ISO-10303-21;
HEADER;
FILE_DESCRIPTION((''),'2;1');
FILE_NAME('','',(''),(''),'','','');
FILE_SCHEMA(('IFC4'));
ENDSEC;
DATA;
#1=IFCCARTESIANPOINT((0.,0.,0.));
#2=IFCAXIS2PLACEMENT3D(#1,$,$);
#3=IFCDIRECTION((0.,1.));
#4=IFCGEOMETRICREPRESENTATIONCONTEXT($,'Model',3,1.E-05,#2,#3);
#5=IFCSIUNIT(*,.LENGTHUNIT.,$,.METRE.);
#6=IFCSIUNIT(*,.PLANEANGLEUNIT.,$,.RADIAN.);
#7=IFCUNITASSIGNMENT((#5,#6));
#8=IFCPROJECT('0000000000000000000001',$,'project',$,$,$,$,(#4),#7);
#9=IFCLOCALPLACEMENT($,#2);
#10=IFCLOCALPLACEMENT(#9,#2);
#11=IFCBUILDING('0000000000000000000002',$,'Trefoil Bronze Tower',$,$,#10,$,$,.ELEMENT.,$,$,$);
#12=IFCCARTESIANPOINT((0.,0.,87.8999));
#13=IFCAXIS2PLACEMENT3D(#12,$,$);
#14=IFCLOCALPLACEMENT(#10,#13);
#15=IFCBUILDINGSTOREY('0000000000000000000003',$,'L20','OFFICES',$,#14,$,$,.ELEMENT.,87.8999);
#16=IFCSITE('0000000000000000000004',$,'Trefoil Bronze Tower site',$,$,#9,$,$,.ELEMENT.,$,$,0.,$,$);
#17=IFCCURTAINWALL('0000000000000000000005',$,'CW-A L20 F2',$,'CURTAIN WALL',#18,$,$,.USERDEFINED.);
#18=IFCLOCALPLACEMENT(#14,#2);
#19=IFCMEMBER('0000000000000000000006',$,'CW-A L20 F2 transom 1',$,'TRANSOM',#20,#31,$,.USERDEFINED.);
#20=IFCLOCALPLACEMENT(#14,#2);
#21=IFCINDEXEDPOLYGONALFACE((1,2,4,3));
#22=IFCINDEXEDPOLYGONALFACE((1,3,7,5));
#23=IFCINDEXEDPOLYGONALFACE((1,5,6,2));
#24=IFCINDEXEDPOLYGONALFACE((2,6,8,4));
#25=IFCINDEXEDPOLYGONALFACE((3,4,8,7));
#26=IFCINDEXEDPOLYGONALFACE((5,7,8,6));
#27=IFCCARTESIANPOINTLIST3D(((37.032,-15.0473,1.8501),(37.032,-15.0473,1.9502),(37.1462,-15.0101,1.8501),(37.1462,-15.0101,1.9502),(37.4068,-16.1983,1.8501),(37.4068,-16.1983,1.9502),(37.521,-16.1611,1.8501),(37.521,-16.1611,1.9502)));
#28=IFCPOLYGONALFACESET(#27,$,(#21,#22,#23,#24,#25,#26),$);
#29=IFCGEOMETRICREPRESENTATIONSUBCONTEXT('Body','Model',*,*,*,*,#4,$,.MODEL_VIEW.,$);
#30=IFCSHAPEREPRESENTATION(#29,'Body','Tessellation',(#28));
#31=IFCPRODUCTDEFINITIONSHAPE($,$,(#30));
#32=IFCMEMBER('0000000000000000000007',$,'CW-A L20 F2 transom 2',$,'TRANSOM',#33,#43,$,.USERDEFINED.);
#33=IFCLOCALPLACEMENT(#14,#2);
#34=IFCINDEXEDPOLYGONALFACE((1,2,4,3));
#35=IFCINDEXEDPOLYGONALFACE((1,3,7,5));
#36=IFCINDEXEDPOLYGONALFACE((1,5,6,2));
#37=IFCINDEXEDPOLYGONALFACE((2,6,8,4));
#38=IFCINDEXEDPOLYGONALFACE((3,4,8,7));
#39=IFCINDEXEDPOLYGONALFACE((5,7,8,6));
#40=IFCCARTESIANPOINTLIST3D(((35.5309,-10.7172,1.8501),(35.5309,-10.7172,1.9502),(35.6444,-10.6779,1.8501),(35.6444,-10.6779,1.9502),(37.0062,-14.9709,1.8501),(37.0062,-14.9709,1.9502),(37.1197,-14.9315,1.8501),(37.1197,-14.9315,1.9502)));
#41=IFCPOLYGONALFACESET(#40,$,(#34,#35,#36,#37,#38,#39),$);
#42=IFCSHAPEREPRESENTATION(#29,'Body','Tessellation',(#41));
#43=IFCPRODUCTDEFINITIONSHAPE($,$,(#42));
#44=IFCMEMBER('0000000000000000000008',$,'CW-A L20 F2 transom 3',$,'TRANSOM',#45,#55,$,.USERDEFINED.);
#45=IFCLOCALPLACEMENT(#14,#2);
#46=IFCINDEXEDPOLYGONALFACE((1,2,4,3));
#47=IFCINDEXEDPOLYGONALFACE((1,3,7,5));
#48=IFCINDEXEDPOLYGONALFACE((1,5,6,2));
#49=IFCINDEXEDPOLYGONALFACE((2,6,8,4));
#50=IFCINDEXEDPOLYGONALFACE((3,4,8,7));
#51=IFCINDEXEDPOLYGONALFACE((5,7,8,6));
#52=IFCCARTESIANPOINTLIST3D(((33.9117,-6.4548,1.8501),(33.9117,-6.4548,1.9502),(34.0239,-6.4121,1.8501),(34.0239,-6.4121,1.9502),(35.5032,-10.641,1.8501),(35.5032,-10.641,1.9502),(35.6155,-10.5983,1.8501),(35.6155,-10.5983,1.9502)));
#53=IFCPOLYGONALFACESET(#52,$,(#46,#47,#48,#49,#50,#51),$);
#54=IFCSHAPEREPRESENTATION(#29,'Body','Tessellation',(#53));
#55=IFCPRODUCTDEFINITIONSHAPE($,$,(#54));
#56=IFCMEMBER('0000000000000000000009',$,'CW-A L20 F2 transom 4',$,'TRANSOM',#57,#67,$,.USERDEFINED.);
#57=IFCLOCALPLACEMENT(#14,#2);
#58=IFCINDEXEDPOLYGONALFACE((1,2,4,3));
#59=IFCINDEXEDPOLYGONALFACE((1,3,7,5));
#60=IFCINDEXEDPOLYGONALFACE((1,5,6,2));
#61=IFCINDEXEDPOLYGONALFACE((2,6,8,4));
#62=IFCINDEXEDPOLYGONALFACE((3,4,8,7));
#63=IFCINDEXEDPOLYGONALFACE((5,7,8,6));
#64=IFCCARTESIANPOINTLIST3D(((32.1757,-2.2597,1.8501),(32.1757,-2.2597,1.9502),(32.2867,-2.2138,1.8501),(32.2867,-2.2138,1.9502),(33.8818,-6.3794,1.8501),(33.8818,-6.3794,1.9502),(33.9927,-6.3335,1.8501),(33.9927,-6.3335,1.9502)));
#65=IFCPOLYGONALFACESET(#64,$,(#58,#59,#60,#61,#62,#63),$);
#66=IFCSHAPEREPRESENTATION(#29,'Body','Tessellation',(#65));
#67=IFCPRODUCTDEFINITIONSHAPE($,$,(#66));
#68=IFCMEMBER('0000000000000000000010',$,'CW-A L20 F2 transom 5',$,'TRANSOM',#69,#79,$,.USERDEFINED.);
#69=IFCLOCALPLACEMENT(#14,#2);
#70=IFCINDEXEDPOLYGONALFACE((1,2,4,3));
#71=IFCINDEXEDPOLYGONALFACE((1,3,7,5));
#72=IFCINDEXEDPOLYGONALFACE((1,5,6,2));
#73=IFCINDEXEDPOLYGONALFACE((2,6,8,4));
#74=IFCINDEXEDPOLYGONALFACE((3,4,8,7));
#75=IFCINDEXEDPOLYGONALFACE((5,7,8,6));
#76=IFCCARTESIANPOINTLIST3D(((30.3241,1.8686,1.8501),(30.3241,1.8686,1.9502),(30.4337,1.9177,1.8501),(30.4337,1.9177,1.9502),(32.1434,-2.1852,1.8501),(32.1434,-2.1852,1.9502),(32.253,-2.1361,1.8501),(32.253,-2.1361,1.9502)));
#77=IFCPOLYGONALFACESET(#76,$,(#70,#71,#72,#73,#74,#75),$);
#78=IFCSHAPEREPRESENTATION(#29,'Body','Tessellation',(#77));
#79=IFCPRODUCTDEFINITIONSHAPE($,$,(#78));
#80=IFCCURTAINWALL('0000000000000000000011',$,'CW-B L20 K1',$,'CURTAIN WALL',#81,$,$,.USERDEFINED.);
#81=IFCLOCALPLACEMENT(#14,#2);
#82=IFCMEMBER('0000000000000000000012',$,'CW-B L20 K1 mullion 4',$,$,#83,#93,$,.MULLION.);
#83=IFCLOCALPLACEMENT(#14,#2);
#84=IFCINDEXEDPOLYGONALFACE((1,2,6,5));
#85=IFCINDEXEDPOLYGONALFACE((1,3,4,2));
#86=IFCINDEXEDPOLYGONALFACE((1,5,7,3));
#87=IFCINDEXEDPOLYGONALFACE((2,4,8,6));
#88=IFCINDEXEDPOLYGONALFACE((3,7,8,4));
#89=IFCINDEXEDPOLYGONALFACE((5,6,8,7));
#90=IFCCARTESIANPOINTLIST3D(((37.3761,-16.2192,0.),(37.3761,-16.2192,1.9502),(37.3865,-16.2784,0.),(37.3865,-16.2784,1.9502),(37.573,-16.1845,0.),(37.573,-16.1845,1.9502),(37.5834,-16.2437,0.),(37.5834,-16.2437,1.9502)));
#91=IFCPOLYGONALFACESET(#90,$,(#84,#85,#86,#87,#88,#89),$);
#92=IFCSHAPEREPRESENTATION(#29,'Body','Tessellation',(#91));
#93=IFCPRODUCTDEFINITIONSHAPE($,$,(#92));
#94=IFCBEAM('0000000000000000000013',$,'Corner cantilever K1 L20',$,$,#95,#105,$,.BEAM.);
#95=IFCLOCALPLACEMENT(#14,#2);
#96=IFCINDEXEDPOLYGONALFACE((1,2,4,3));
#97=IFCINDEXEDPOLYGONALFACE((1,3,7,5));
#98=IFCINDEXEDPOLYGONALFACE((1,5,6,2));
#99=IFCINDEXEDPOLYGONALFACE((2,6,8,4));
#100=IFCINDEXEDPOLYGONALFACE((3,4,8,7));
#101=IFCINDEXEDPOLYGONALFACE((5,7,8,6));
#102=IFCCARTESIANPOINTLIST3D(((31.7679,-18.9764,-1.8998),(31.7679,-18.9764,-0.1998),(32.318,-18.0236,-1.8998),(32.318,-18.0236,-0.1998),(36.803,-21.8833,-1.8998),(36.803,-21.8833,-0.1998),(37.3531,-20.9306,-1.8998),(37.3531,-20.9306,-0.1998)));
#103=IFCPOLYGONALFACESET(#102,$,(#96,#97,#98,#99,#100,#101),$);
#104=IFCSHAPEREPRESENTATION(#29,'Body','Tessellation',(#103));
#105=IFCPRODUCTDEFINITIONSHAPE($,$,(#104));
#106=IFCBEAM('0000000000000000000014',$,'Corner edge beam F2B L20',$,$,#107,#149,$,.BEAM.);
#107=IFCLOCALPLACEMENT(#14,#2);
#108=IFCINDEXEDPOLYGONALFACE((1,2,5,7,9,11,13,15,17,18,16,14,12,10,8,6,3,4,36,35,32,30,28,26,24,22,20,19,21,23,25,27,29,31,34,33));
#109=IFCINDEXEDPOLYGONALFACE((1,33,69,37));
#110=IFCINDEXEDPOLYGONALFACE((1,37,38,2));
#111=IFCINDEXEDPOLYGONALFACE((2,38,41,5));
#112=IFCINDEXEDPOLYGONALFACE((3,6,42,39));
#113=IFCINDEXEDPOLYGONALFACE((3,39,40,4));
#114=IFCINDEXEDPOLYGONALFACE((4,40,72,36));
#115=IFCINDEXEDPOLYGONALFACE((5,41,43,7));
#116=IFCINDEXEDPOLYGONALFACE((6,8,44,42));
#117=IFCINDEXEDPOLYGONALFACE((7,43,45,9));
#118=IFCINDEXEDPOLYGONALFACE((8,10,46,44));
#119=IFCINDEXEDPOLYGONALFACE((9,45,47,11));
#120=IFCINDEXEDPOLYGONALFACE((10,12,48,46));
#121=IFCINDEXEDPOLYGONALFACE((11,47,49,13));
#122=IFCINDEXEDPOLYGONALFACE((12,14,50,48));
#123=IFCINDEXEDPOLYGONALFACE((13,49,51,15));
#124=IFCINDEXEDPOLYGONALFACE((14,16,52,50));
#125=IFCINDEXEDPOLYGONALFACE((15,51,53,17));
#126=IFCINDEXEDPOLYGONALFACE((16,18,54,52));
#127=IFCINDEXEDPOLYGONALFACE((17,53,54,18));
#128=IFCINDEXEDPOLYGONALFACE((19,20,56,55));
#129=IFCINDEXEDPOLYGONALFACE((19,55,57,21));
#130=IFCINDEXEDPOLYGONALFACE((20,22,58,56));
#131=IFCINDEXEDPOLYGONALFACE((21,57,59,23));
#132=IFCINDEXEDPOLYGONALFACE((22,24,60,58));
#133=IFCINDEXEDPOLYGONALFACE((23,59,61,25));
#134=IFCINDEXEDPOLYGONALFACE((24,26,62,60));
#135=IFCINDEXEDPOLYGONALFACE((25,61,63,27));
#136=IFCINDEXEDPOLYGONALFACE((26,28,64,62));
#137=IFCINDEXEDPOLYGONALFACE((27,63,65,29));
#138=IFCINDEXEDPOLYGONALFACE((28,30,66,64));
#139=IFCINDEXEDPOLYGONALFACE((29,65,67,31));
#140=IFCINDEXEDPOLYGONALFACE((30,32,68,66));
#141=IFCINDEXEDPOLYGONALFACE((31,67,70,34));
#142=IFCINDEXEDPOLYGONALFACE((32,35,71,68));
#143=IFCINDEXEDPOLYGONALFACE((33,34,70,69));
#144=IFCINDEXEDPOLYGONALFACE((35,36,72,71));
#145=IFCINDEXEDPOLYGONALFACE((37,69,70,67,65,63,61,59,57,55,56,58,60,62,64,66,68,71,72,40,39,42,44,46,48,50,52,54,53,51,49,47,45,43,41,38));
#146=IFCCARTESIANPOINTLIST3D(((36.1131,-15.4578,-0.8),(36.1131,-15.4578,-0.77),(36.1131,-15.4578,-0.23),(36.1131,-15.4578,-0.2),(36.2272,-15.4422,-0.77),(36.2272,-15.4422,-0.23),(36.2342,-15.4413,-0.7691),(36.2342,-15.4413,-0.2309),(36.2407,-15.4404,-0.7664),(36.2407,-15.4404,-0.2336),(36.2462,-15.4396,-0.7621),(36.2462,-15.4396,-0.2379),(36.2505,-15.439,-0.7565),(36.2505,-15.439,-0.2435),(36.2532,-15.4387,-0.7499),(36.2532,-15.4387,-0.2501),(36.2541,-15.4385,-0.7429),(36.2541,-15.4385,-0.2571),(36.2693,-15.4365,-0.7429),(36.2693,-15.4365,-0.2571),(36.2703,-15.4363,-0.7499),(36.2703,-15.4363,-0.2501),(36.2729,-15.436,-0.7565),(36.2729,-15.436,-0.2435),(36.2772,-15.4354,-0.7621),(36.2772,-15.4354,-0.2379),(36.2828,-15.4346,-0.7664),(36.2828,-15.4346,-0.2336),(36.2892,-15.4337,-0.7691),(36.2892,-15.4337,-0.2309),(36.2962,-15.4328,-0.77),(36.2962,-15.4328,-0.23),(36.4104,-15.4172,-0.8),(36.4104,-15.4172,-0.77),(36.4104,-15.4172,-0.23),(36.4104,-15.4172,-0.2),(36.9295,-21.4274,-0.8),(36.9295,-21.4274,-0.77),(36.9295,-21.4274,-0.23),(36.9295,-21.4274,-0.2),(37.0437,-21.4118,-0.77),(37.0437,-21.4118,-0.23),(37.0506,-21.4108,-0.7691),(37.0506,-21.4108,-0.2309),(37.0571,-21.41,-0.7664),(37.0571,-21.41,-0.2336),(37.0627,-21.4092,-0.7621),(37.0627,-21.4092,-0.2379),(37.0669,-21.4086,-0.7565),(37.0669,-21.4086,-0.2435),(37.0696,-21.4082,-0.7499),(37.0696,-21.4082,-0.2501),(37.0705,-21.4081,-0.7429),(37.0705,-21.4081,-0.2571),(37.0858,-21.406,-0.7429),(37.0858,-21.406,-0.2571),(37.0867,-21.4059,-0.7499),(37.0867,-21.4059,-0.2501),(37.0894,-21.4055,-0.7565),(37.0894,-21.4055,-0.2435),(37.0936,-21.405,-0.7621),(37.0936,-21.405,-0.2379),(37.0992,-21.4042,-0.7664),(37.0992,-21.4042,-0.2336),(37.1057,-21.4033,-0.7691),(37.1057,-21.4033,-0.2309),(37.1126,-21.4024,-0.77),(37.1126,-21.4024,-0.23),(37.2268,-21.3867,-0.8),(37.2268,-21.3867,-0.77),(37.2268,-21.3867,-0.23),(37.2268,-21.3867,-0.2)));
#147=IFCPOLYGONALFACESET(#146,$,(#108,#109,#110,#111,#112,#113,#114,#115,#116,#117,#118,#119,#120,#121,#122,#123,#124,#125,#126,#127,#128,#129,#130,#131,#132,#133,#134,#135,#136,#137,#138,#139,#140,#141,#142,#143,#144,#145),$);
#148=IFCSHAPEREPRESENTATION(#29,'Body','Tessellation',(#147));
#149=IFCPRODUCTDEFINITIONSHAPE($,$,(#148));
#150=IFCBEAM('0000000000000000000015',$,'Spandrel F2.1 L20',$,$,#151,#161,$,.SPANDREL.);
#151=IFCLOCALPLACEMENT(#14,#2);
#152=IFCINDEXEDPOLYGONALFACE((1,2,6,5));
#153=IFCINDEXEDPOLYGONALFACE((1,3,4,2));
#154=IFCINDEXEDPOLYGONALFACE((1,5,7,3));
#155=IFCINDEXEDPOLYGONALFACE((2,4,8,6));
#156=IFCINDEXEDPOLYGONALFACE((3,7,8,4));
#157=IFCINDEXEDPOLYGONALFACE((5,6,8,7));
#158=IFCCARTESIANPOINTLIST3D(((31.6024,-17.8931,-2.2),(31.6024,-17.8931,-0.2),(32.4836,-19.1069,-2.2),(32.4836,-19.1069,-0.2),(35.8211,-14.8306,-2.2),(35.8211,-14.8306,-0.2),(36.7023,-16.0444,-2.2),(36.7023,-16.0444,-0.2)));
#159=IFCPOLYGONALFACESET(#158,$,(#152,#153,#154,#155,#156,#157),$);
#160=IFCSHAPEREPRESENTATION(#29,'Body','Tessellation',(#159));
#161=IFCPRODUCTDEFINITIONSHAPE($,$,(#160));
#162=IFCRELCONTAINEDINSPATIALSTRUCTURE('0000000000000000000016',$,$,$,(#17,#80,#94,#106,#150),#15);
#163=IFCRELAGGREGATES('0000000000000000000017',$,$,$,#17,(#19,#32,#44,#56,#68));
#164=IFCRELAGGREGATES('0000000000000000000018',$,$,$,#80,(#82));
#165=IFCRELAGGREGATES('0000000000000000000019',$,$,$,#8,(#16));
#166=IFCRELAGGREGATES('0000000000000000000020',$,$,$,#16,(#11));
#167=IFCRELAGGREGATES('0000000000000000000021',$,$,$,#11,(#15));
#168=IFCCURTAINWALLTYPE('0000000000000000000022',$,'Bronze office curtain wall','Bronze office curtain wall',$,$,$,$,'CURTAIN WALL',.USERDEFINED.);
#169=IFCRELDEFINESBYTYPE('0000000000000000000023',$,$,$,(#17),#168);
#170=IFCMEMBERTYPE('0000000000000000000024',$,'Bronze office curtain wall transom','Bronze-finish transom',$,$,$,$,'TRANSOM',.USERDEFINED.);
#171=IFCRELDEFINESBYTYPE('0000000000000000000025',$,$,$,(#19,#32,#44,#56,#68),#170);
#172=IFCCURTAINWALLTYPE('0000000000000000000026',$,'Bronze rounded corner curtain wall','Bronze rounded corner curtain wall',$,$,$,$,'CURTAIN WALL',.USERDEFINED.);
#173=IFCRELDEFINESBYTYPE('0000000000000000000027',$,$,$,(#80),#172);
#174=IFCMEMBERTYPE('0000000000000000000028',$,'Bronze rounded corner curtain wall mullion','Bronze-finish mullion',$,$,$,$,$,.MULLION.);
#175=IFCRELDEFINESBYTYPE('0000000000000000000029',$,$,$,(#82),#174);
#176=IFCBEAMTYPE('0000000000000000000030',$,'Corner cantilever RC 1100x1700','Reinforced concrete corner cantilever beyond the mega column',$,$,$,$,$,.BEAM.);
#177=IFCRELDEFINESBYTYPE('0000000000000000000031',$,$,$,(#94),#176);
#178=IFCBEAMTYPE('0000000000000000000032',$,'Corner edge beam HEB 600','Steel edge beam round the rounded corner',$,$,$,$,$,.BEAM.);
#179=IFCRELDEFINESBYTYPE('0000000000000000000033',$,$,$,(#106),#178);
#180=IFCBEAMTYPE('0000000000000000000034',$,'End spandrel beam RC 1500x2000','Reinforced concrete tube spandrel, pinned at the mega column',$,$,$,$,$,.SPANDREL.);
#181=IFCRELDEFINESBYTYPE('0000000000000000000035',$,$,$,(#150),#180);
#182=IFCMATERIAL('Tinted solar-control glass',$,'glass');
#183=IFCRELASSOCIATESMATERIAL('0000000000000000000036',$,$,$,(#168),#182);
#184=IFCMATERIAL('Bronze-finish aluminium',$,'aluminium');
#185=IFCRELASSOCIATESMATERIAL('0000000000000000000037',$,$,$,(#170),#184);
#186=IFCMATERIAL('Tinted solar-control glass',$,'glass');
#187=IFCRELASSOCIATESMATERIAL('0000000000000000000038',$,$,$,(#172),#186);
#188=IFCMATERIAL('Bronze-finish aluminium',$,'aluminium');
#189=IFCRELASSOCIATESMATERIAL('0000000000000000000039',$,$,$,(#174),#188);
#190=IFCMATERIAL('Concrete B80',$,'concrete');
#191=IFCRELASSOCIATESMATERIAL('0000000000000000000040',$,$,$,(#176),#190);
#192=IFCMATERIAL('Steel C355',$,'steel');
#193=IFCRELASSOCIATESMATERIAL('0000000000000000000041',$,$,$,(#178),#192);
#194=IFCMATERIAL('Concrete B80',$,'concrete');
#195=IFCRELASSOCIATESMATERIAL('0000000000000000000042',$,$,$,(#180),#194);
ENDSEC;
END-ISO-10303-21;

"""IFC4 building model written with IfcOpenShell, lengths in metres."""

from ifc_helpers import new_model, si_unit, direction, frame, origin, origin_2d, place, context, subcontext, project, spatial, rectangle, i_section, extrude, material, material_profile, profile_set, type_object, element, aggregate, save


model = new_model("IFC4")

# Units and contexts
model_context = context("Model", 3, precision=1e-05, world=origin(), true_north=direction((0.0, 1.0)))
body_context = subcontext(model_context, "Body", "Model", "MODEL_VIEW")
ifc_project = project(units=[si_unit("LENGTHUNIT", "METRE"), si_unit("PLANEANGLEUNIT", "RADIAN")], contexts=[model_context])

# Site, building, storey
site_placement = place(None, origin())
site = spatial("IfcSite", under=ifc_project, at=site_placement, Name="Trefoil Bronze Tower site", CompositionType="ELEMENT", RefElevation=0.0)
building_placement = place(site_placement, origin())
building = spatial("IfcBuilding", under=site, at=building_placement, Name="Trefoil Bronze Tower", CompositionType="ELEMENT")
storey_placement = place(building_placement, frame((0.0, 0.0, 87.8999)))
storey = spatial("IfcBuildingStorey", under=building, at=storey_placement, Name="L20", Description="OFFICES", CompositionType="ELEMENT", Elevation=87.8999)

# Curtain wall, members
ifc_material_1 = material(Name="Tinted solar-control glass", Category="glass")
curtain_wall_type_1 = type_object("IfcCurtainWallType", Name="Bronze office curtain wall", Description="Bronze office curtain wall", ElementType="CURTAIN WALL", PredefinedType="USERDEFINED", material=ifc_material_1)
curtain_wall_1_placement = place(storey_placement, origin())
curtain_wall_1 = element("IfcCurtainWall", 1, at=curtain_wall_1_placement, inside=storey, type_object=curtain_wall_type_1, Name="CW-A L20 F2", ObjectType="CURTAIN WALL", PredefinedType="USERDEFINED")
ifc_material_2 = material(Name="Bronze-finish aluminium", Category="aluminium")
ifc_material_profile_1 = material_profile(ifc_material_2, rectangle(XDim=0.1201, YDim=0.1001, at=origin_2d()), Name="CW-A transom")
ifc_profile_set_1 = profile_set([ifc_material_profile_1], Name="Bronze-finish aluminium")
member_type_1 = type_object("IfcMemberType", Name="Bronze office curtain wall transom", Description="Bronze-finish transom", ElementType="TRANSOM", PredefinedType="USERDEFINED", material=ifc_profile_set_1)
member_1_placement = place(storey_placement, frame((37.4639, -16.1797, 1.9001), z_axis=(-0.309624, 0.950859, 0.0), x_axis=(-0.950859, -0.309624, 0.0)))
member_1 = element("IfcMember", 2, at=member_1_placement, type_object=member_type_1, Name="CW-A L20 F2 transom 1", ObjectType="TRANSOM", PredefinedType="USERDEFINED", context=body_context, shape_type="SweptSolid", body=[
    extrude(rectangle(XDim=0.1201, YDim=0.1001, at=origin_2d()), origin(), (0.0, 0.0, 1.0), 1.2104),
])
member_2_placement = place(storey_placement, frame((37.063, -14.9512, 1.9001), z_axis=(-0.32769, 0.944785, 0.0), x_axis=(-0.944785, -0.32769, 0.0)))
member_2 = element("IfcMember", 3, at=member_2_placement, type_object=member_type_1, Name="CW-A L20 F2 transom 2", ObjectType="TRANSOM", PredefinedType="USERDEFINED", context=body_context, shape_type="SweptSolid", body=[
    extrude(rectangle(XDim=0.1201, YDim=0.1001, at=origin_2d()), origin(), (0.0, 0.0, 1.0), 4.5022),
])
member_3_placement = place(storey_placement, frame((35.5593, -10.6196, 1.9001), z_axis=(-0.355367, 0.934727, 0.0), x_axis=(-0.934727, -0.355367, 0.0)))
member_3 = element("IfcMember", 4, at=member_3_placement, type_object=member_type_1, Name="CW-A L20 F2 transom 3", ObjectType="TRANSOM", PredefinedType="USERDEFINED", context=body_context, shape_type="SweptSolid", body=[
    extrude(rectangle(XDim=0.1201, YDim=0.1001, at=origin_2d()), origin(), (0.0, 0.0, 1.0), 4.4785),
])
member_4_placement = place(storey_placement, frame((33.9373, -6.3564, 1.9001), z_axis=(-0.382616, 0.923907, 0.0), x_axis=(-0.923907, -0.382616, 0.0)))
member_4 = element("IfcMember", 5, at=member_4_placement, type_object=member_type_1, Name="CW-A L20 F2 transom 4", ObjectType="TRANSOM", PredefinedType="USERDEFINED", context=body_context, shape_type="SweptSolid", body=[
    extrude(rectangle(XDim=0.1201, YDim=0.1001, at=origin_2d()), origin(), (0.0, 0.0, 1.0), 4.459),
])
member_5_placement = place(storey_placement, frame((32.1982, -2.1606, 1.9001), z_axis=(-0.40946, 0.912328, 0.0), x_axis=(-0.912328, -0.40946, 0.0)))
member_5 = element("IfcMember", 6, at=member_5_placement, type_object=member_type_1, Name="CW-A L20 F2 transom 5", ObjectType="TRANSOM", PredefinedType="USERDEFINED", context=body_context, shape_type="SweptSolid", body=[
    extrude(rectangle(XDim=0.1201, YDim=0.1001, at=origin_2d()), origin(), (0.0, 0.0, 1.0), 4.4434),
])

# Curtain wall, member
ifc_material_3 = material(Name="Tinted solar-control glass", Category="glass")
curtain_wall_type_2 = type_object("IfcCurtainWallType", Name="Bronze rounded corner curtain wall", Description="Bronze rounded corner curtain wall", ElementType="CURTAIN WALL", PredefinedType="USERDEFINED", material=ifc_material_3)
curtain_wall_2_placement = place(storey_placement, origin())
curtain_wall_2 = element("IfcCurtainWall", 7, at=curtain_wall_2_placement, inside=storey, type_object=curtain_wall_type_2, Name="CW-B L20 K1", ObjectType="CURTAIN WALL", PredefinedType="USERDEFINED")
ifc_material_4 = material(Name="Bronze-finish aluminium", Category="aluminium")
ifc_material_profile_2 = material_profile(ifc_material_4, rectangle(XDim=0.2, YDim=0.0601, at=origin_2d()), Name="CW-B mullion")
ifc_profile_set_2 = profile_set([ifc_material_profile_2], Name="Bronze-finish aluminium")
member_type_2 = type_object("IfcMemberType", Name="Bronze rounded corner curtain wall mullion", Description="Bronze-finish mullion", PredefinedType="MULLION", material=ifc_profile_set_2)
member_6_placement = place(storey_placement, frame((37.4797, -16.2314, 0.0), z_axis=(0.0, 0.0, 1.0), x_axis=(-0.984808, -0.173648, 0.0)))
member_6 = element("IfcMember", 8, at=member_6_placement, type_object=member_type_2, Name="CW-B L20 K1 mullion 4", PredefinedType="MULLION", context=body_context, shape_type="SweptSolid", body=[
    extrude(rectangle(XDim=0.2, YDim=0.0601, at=origin_2d()), origin(), (0.0, 0.0, 1.0), 1.9502),
])

# Beams
ifc_material_5 = material(Name="Concrete B80", Category="concrete")
ifc_material_profile_3 = material_profile(ifc_material_5, rectangle(XDim=1.1001, YDim=1.7, at=origin_2d()), Name="RC 1100x1700")
ifc_profile_set_3 = profile_set([ifc_material_profile_3], Name="Concrete B80")
beam_type_1 = type_object("IfcBeamType", Name="Corner cantilever RC 1100x1700", Description="Reinforced concrete corner cantilever beyond the mega column", PredefinedType="BEAM", material=ifc_profile_set_3)
beam_1_placement = place(storey_placement, frame((32.043, -18.5, -1.0498), z_axis=(0.86603, -0.499991, 0.0), x_axis=(0.499991, 0.86603, 0.0)))
element("IfcBeam", 9, at=beam_1_placement, inside=storey, type_object=beam_type_1, Name="Corner cantilever K1 L20", PredefinedType="BEAM", context=body_context, shape_type="SweptSolid", body=[
    extrude(rectangle(XDim=1.1001, YDim=1.7, at=origin_2d()), origin(), (0.0, 0.0, 1.0), 5.814),
])
ifc_material_6 = material(Name="Steel C355", Category="steel")
ifc_material_profile_4 = material_profile(ifc_material_6, i_section(OverallWidth=0.3, OverallDepth=0.6001, WebThickness=0.0154, FlangeThickness=0.03, FilletRadius=0.0271, at=origin_2d()), Name="HEB 600")
ifc_profile_set_4 = profile_set([ifc_material_profile_4], Name="Steel C355")
beam_type_2 = type_object("IfcBeamType", Name="Corner edge beam HEB 600", Description="Steel edge beam round the rounded corner", PredefinedType="BEAM", material=ifc_profile_set_4)
beam_2_placement = place(storey_placement, frame((36.2617, -15.4375, -0.5), z_axis=(0.135502, -0.990777, 0.0), x_axis=(0.990777, 0.135502, 0.0)))
element("IfcBeam", 10, at=beam_2_placement, inside=storey, type_object=beam_type_2, Name="Corner edge beam F2B L20", PredefinedType="BEAM", context=body_context, shape_type="SweptSolid", body=[
    extrude(i_section(OverallWidth=0.3, OverallDepth=0.6001, WebThickness=0.0154, FlangeThickness=0.03, FilletRadius=0.0271, at=origin_2d()), origin(), (0.0, 0.0, 1.0), 6.0251),
])
ifc_material_7 = material(Name="Concrete B80", Category="concrete")
ifc_material_profile_5 = material_profile(ifc_material_7, rectangle(XDim=1.5, YDim=2.0, at=origin_2d()), Name="RC 1500x2000")
ifc_profile_set_5 = profile_set([ifc_material_profile_5], Name="Concrete B80")
beam_type_3 = type_object("IfcBeamType", Name="End spandrel beam RC 1500x2000", Description="Reinforced concrete tube spandrel, pinned at the mega column", PredefinedType="SPANDREL", material=ifc_profile_set_5)
beam_3_placement = place(storey_placement, frame((32.043, -18.5, -1.2), z_axis=(0.809254, 0.587459, 0.0), x_axis=(-0.587459, 0.809254, 0.0)))
element("IfcBeam", 11, at=beam_3_placement, inside=storey, type_object=beam_type_3, Name="Spandrel F2.1 L20", PredefinedType="SPANDREL", context=body_context, shape_type="SweptSolid", body=[
    extrude(rectangle(XDim=1.5, YDim=2.0, at=origin_2d()), origin(), (0.0, 0.0, 1.0), 5.2131),
])

aggregate(curtain_wall_1, [member_1, member_2, member_3, member_4, member_5])
aggregate(curtain_wall_2, [member_6])

save(model, "model.ifc")
